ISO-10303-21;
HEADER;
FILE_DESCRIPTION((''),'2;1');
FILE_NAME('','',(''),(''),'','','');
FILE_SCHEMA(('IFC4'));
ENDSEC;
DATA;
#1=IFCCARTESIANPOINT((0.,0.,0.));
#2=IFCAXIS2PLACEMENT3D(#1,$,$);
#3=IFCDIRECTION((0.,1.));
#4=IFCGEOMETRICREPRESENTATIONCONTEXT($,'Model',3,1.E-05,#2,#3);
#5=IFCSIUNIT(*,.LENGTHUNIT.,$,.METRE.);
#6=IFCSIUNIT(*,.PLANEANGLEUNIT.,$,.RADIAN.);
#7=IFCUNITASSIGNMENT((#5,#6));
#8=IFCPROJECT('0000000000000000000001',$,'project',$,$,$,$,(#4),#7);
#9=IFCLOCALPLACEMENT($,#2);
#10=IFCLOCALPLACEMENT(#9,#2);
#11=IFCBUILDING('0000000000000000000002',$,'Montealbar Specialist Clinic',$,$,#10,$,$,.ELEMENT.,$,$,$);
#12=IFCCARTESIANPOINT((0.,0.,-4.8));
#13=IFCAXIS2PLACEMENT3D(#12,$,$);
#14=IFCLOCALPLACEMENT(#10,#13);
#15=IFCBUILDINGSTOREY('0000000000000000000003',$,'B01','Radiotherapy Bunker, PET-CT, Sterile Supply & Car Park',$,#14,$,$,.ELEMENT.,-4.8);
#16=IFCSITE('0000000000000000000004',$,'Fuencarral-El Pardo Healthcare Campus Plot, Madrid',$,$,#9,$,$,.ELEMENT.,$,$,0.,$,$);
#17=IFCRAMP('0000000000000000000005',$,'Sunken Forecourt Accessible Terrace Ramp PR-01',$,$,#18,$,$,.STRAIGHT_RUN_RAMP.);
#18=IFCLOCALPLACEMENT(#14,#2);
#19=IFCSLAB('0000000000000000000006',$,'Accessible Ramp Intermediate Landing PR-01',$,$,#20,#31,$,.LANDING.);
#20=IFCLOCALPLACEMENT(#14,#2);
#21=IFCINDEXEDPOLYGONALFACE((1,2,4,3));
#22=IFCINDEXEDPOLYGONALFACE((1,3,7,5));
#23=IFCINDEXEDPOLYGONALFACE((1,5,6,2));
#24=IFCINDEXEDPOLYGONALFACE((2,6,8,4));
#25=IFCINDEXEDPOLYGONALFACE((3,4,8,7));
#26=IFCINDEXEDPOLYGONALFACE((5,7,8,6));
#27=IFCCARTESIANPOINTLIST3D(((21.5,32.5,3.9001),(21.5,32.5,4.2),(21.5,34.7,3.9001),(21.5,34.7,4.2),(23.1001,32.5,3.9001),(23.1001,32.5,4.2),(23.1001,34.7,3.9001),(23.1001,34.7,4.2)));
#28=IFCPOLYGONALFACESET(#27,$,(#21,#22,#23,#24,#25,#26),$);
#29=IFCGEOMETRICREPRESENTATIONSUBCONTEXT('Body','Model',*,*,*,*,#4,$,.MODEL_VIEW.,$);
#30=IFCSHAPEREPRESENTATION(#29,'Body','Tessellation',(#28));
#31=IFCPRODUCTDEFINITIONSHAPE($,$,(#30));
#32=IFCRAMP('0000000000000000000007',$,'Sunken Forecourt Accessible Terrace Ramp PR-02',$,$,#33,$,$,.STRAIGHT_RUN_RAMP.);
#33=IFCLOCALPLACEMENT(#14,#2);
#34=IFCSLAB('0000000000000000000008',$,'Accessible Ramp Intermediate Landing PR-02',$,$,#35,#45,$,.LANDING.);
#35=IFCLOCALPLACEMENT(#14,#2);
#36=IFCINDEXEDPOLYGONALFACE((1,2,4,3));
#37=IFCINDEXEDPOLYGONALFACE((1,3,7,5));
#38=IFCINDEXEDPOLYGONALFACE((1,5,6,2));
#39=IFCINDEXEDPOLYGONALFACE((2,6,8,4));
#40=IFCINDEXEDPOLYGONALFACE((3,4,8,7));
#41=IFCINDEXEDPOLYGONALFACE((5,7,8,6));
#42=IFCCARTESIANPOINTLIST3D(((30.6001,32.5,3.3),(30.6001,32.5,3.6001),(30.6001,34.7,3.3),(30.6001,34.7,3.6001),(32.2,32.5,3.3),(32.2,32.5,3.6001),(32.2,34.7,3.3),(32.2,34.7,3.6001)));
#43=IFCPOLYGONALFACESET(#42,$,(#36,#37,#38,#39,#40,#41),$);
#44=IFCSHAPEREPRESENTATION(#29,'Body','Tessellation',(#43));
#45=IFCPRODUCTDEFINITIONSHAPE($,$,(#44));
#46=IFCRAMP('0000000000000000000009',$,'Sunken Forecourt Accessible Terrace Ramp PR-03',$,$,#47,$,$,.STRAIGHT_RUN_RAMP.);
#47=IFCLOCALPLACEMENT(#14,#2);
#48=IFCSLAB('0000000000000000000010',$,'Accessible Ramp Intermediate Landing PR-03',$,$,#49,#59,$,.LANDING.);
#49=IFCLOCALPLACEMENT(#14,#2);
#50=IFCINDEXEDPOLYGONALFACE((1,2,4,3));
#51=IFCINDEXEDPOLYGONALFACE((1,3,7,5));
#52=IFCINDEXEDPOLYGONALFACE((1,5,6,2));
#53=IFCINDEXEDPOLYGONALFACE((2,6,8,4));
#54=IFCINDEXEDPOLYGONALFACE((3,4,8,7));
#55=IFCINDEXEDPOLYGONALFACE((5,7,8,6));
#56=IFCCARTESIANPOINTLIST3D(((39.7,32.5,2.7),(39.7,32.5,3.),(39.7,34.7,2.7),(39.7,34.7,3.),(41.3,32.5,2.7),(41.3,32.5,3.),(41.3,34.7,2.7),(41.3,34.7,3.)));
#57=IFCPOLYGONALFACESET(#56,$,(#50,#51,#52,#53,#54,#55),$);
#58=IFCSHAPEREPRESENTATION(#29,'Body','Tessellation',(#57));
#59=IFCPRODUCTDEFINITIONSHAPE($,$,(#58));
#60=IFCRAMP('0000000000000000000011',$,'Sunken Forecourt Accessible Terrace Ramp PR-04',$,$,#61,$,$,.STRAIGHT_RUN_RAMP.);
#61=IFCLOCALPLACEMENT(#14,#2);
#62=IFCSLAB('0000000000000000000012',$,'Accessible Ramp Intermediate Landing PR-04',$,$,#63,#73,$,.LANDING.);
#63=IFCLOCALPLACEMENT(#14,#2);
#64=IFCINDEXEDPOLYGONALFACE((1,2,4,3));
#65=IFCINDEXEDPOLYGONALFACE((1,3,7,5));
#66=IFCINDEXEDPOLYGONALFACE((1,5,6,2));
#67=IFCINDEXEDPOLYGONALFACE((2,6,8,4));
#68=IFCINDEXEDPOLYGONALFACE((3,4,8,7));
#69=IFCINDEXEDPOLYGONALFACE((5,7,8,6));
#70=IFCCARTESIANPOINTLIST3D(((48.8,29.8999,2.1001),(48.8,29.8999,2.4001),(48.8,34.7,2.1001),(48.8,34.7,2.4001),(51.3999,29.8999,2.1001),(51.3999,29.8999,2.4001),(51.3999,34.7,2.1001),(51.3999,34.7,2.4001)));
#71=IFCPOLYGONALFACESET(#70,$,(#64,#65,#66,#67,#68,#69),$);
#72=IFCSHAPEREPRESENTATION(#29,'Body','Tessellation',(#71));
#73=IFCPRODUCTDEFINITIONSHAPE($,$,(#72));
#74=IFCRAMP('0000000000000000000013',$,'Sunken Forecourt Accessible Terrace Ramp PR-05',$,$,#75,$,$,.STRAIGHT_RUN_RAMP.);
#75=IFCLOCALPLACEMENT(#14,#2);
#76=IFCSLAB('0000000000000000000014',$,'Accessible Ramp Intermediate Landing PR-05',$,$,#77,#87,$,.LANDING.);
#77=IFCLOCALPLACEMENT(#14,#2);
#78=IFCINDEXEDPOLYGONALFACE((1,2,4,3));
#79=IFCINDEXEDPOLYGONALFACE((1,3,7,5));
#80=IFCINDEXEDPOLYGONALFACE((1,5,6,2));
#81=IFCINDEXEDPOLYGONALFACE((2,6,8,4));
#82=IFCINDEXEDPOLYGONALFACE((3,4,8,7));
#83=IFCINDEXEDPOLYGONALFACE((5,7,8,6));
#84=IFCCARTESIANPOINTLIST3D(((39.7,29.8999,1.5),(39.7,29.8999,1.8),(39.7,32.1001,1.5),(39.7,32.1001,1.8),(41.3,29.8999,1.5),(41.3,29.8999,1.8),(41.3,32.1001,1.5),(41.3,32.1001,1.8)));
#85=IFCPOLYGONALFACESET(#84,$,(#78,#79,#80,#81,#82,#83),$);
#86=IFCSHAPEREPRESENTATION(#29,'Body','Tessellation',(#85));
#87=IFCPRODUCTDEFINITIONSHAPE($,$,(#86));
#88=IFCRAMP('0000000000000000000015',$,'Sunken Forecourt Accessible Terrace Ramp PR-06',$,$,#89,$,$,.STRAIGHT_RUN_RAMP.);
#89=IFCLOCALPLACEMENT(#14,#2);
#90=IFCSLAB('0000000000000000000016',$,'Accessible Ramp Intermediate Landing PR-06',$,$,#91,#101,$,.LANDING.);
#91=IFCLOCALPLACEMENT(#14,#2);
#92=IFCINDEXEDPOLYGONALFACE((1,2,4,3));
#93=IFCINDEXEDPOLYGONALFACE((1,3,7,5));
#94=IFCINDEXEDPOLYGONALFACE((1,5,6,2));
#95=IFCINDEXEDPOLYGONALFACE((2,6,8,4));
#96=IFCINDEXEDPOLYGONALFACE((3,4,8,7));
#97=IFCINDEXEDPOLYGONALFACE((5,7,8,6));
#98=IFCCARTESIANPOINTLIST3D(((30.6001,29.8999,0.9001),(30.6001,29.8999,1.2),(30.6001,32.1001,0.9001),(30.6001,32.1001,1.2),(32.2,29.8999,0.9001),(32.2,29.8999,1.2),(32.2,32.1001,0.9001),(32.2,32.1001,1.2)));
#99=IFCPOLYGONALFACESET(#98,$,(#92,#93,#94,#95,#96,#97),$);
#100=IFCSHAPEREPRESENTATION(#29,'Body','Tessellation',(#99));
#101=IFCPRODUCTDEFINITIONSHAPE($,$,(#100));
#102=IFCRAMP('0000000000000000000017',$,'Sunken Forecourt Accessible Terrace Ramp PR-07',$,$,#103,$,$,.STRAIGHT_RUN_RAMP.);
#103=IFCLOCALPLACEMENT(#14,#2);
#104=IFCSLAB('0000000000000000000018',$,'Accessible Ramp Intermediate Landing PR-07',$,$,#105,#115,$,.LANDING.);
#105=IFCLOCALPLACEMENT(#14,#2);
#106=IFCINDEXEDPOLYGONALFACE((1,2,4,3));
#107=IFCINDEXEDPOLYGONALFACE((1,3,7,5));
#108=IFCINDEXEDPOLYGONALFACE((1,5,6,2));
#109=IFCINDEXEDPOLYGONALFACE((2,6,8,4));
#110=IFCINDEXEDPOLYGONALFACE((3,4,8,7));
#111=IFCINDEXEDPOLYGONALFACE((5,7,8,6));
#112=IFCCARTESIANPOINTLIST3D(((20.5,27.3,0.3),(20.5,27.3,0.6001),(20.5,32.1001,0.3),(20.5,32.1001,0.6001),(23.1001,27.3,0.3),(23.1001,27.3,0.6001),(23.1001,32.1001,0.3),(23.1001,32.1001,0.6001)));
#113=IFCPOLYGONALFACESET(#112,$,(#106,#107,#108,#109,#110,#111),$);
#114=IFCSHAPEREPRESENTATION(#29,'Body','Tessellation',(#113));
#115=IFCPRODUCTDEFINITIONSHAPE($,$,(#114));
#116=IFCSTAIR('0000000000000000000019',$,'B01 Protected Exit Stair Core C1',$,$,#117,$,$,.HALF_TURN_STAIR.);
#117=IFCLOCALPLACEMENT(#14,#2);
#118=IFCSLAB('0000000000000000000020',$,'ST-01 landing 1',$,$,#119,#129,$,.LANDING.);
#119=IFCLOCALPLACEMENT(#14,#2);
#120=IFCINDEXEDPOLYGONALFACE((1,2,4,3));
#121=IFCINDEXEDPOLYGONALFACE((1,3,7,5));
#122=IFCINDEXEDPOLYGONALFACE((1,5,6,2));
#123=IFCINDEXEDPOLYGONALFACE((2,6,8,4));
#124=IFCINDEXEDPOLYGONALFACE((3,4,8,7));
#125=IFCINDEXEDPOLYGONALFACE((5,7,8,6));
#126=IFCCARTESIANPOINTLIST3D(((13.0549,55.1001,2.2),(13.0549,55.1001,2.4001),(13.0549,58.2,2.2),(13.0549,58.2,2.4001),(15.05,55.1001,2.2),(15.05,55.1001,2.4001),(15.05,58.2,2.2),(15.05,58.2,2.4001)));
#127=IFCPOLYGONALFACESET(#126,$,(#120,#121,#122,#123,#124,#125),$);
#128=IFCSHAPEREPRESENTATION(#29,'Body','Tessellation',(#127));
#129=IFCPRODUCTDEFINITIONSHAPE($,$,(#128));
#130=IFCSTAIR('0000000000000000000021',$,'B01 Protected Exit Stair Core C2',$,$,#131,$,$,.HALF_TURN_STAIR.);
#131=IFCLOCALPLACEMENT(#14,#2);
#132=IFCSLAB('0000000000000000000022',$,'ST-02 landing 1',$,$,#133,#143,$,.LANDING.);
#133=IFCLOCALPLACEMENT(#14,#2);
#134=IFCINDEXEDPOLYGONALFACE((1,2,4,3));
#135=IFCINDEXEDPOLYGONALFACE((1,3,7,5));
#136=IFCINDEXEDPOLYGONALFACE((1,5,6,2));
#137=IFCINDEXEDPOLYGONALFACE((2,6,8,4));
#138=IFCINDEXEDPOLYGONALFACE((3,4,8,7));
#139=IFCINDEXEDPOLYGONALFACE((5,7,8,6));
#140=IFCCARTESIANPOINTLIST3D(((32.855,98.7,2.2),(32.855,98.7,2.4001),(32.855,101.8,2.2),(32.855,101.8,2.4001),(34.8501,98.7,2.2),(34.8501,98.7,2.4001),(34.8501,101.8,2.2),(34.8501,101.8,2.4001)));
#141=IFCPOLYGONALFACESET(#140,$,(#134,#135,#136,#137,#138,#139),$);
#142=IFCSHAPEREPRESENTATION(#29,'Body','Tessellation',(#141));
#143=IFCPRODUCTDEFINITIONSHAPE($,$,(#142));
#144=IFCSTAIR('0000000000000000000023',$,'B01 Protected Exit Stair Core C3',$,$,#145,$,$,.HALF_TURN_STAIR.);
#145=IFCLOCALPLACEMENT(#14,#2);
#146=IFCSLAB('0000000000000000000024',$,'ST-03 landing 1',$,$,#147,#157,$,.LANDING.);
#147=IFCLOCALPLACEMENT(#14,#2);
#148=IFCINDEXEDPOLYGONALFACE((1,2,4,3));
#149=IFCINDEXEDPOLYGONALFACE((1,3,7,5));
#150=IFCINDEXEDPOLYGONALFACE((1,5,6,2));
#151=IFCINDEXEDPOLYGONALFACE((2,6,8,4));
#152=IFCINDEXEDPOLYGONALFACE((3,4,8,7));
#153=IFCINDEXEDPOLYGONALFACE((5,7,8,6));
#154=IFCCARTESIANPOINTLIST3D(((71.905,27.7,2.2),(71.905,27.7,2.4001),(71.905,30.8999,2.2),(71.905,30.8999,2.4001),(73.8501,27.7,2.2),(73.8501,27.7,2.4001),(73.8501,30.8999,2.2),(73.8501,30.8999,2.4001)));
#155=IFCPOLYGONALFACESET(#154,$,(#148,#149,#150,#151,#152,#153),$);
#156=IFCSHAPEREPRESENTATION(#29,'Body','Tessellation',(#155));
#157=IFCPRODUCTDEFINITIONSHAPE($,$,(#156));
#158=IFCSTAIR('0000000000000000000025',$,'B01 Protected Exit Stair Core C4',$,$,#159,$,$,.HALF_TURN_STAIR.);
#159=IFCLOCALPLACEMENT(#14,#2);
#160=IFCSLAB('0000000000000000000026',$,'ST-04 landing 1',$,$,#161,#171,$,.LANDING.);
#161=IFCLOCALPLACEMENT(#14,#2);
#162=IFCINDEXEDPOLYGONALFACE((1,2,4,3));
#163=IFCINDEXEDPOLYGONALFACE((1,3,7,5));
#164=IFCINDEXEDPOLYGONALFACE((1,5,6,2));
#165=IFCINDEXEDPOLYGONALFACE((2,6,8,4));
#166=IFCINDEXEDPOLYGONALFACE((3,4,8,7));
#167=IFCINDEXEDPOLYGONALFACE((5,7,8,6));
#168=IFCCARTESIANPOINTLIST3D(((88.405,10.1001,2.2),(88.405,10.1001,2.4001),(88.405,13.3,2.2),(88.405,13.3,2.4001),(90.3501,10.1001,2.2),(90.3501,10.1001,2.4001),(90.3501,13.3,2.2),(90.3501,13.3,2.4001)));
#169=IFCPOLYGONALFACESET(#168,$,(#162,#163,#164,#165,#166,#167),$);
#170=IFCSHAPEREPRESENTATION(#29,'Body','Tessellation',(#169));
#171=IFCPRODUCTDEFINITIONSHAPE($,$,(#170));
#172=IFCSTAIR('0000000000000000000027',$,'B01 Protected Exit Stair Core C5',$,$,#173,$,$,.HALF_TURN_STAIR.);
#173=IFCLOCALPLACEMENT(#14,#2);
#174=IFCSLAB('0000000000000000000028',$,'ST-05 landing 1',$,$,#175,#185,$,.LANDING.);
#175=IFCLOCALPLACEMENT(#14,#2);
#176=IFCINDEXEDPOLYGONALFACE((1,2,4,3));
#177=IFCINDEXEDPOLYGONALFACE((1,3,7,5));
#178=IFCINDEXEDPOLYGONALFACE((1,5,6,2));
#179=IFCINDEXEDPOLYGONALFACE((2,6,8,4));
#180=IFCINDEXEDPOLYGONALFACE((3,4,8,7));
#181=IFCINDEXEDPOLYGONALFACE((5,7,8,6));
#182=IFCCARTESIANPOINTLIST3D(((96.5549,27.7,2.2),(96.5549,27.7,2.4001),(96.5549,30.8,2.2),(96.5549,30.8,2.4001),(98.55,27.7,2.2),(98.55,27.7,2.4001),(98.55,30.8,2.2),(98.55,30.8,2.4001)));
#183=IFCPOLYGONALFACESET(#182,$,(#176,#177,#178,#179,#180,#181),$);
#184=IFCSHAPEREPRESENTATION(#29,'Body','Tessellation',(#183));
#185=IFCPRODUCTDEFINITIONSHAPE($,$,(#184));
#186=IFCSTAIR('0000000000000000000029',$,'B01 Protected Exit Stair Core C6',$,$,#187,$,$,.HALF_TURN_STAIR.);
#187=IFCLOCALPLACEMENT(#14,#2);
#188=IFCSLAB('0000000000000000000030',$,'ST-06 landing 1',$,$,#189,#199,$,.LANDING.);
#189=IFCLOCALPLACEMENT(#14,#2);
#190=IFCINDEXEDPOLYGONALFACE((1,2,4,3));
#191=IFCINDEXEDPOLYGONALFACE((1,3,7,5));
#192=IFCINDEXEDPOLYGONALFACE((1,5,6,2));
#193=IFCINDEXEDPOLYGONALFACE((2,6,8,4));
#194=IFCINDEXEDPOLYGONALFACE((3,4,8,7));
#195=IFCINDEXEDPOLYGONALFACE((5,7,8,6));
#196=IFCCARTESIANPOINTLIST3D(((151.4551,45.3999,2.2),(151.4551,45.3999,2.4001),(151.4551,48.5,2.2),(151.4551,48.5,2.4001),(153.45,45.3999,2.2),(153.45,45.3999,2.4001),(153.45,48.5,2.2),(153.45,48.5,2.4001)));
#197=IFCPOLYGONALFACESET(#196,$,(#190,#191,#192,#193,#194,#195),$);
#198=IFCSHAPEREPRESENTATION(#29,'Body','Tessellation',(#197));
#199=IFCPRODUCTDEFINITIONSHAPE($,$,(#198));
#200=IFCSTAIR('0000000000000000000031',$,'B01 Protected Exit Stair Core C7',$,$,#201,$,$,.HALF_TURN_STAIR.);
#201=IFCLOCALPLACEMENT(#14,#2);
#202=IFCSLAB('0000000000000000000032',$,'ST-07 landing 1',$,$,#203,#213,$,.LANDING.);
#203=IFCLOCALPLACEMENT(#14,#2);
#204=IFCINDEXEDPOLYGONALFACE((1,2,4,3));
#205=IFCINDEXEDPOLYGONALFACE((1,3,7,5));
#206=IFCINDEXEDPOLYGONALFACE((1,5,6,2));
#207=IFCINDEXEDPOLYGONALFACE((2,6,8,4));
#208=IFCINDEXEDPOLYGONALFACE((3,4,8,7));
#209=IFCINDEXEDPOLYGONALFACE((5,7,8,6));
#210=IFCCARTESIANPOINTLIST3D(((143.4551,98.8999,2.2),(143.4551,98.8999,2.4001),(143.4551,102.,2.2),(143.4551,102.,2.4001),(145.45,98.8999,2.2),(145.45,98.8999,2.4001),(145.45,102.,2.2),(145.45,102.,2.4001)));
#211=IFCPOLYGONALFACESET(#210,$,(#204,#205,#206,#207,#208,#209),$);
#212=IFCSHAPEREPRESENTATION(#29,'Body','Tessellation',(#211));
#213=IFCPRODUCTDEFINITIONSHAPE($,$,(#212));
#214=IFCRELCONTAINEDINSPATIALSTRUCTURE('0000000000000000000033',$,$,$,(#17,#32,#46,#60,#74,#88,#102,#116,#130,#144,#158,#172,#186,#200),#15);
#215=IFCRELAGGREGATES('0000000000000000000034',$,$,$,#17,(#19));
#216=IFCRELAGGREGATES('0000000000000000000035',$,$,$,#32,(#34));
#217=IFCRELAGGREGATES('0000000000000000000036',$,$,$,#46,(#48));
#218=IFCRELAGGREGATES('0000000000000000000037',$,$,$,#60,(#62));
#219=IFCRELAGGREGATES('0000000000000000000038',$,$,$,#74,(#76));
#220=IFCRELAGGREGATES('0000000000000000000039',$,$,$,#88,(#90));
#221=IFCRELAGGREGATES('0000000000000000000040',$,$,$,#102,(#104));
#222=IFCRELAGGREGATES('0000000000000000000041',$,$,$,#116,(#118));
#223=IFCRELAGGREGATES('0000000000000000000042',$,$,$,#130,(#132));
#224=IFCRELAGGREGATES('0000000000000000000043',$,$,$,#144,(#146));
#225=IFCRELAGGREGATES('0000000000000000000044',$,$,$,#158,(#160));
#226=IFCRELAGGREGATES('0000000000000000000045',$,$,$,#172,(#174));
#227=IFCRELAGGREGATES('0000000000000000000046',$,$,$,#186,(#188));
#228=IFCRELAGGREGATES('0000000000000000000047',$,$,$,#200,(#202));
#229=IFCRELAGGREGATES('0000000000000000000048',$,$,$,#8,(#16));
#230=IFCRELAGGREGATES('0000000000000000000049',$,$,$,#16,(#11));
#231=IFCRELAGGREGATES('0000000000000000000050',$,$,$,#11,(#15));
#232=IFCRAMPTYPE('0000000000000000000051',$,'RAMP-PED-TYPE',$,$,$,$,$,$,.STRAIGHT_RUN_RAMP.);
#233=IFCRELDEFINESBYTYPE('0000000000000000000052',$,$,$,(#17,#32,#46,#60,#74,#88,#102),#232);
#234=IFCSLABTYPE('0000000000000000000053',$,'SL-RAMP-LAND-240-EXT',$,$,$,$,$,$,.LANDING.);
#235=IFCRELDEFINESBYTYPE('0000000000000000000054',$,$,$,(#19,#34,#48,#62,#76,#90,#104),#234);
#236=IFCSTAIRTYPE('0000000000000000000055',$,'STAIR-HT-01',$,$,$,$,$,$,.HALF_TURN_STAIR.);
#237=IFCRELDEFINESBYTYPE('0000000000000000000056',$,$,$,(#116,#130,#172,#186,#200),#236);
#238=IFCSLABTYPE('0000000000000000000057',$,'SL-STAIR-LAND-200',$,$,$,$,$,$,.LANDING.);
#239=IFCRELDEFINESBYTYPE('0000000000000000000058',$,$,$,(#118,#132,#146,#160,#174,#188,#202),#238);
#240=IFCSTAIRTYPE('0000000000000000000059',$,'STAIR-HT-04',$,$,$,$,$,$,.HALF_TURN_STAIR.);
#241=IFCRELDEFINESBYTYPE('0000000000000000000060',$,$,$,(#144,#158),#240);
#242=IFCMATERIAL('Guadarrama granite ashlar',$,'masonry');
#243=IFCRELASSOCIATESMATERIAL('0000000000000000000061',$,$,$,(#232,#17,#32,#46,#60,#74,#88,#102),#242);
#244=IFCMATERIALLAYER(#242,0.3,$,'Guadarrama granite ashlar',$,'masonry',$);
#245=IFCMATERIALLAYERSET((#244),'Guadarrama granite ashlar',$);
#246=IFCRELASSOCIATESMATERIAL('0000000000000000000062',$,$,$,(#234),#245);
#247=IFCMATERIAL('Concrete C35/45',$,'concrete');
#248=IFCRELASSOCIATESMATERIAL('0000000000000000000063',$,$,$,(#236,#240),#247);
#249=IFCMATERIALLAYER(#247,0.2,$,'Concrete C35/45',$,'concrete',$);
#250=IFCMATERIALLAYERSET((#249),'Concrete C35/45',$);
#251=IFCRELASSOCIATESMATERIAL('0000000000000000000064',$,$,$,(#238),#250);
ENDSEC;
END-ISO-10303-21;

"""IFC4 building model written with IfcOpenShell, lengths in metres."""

from ifc_helpers import new_model, si_unit, direction, frame, origin, place, context, subcontext, project, spatial, polyline, outline, extrude, material, layer, layer_set, type_object, element, aggregate, save


model = new_model("IFC4")

# Units and contexts
model_context = context("Model", 3, precision=1e-05, world=origin(), true_north=direction((0.0, 1.0)))
body_context = subcontext(model_context, "Body", "Model", "MODEL_VIEW")
ifc_project = project(units=[si_unit("LENGTHUNIT", "METRE"), si_unit("PLANEANGLEUNIT", "RADIAN")], contexts=[model_context])

# Site, building, storey
site_placement = place(None, origin())
site = spatial("IfcSite", under=ifc_project, at=site_placement, Name="Fuencarral-El Pardo Healthcare Campus Plot, Madrid", CompositionType="ELEMENT", RefElevation=0.0)
building_placement = place(site_placement, origin())
building = spatial("IfcBuilding", under=site, at=building_placement, Name="Montealbar Specialist Clinic", CompositionType="ELEMENT")
storey_placement = place(building_placement, frame((0.0, 0.0, -4.8)))
storey = spatial("IfcBuildingStorey", under=building, at=storey_placement, Name="B01", Description="Radiotherapy Bunker, PET-CT, Sterile Supply & Car Park", CompositionType="ELEMENT", Elevation=-4.8)

# Shared definitions
ifc_material_1 = material(Name="Concrete C35/45", Category="concrete")

# Shared definitions
ifc_material_2 = material(Name="Guadarrama granite ashlar", Category="masonry")

# Ramps, slabs
ramp_type = type_object("IfcRampType", Name="RAMP-PED-TYPE", PredefinedType="STRAIGHT_RUN_RAMP", material=ifc_material_2)
ramp_1_placement = place(storey_placement, origin())
ramp_1 = element("IfcRamp", 1, at=ramp_1_placement, inside=storey, type_object=ramp_type, material=ifc_material_2, Name="Sunken Forecourt Accessible Terrace Ramp PR-01", PredefinedType="STRAIGHT_RUN_RAMP")
ifc_layer_1 = layer(ifc_material_2, 0.3, Name="Guadarrama granite ashlar", Category="masonry")
ifc_layer_set_1 = layer_set([ifc_layer_1], Name="Guadarrama granite ashlar")
slab_type_1 = type_object("IfcSlabType", Name="SL-RAMP-LAND-240-EXT", PredefinedType="LANDING", material=ifc_layer_set_1)
slab_1_placement = place(storey_placement, frame((0.0, 0.0, 3.9001)))
slab_1 = element("IfcSlab", 2, at=slab_1_placement, type_object=slab_type_1, Name="Accessible Ramp Intermediate Landing PR-01", PredefinedType="LANDING", context=body_context, shape_type="SweptSolid", body=[
    extrude(outline(polyline([(21.5, 32.5), (23.1001, 32.5), (23.1001, 34.7), (21.5, 34.7), (21.5, 32.5)])), origin(), (0.0, 0.0, 1.0), 0.2998),
])
aggregate(ramp_1, [slab_1])
ramp_2_placement = place(storey_placement, origin())
ramp_2 = element("IfcRamp", 3, at=ramp_2_placement, inside=storey, type_object=ramp_type, material=ifc_material_2, Name="Sunken Forecourt Accessible Terrace Ramp PR-02", PredefinedType="STRAIGHT_RUN_RAMP")
slab_2_placement = place(storey_placement, frame((0.0, 0.0, 3.3)))
slab_2 = element("IfcSlab", 4, at=slab_2_placement, type_object=slab_type_1, Name="Accessible Ramp Intermediate Landing PR-02", PredefinedType="LANDING", context=body_context, shape_type="SweptSolid", body=[
    extrude(outline(polyline([(30.6001, 32.5), (32.2, 32.5), (32.2, 34.7), (30.6001, 34.7), (30.6001, 32.5)])), origin(), (0.0, 0.0, 1.0), 0.3),
])
aggregate(ramp_2, [slab_2])
ramp_3_placement = place(storey_placement, origin())
ramp_3 = element("IfcRamp", 5, at=ramp_3_placement, inside=storey, type_object=ramp_type, material=ifc_material_2, Name="Sunken Forecourt Accessible Terrace Ramp PR-03", PredefinedType="STRAIGHT_RUN_RAMP")
slab_3_placement = place(storey_placement, frame((0.0, 0.0, 2.7)))
slab_3 = element("IfcSlab", 6, at=slab_3_placement, type_object=slab_type_1, Name="Accessible Ramp Intermediate Landing PR-03", PredefinedType="LANDING", context=body_context, shape_type="SweptSolid", body=[
    extrude(outline(polyline([(39.7, 32.5), (41.3, 32.5), (41.3, 34.7), (39.7, 34.7), (39.7, 32.5)])), origin(), (0.0, 0.0, 1.0), 0.3),
])
aggregate(ramp_3, [slab_3])
ramp_4_placement = place(storey_placement, origin())
ramp_4 = element("IfcRamp", 7, at=ramp_4_placement, inside=storey, type_object=ramp_type, material=ifc_material_2, Name="Sunken Forecourt Accessible Terrace Ramp PR-04", PredefinedType="STRAIGHT_RUN_RAMP")
slab_4_placement = place(storey_placement, frame((0.0, 0.0, 2.1001)))
slab_4 = element("IfcSlab", 8, at=slab_4_placement, type_object=slab_type_1, Name="Accessible Ramp Intermediate Landing PR-04", PredefinedType="LANDING", context=body_context, shape_type="SweptSolid", body=[
    extrude(outline(polyline([(48.8, 29.8999), (51.3999, 29.8999), (51.3999, 34.7), (48.8, 34.7), (48.8, 29.8999)])), origin(), (0.0, 0.0, 1.0), 0.3),
])
aggregate(ramp_4, [slab_4])
ramp_5_placement = place(storey_placement, origin())
ramp_5 = element("IfcRamp", 9, at=ramp_5_placement, inside=storey, type_object=ramp_type, material=ifc_material_2, Name="Sunken Forecourt Accessible Terrace Ramp PR-05", PredefinedType="STRAIGHT_RUN_RAMP")
slab_5_placement = place(storey_placement, frame((0.0, 0.0, 1.5)))
slab_5 = element("IfcSlab", 10, at=slab_5_placement, type_object=slab_type_1, Name="Accessible Ramp Intermediate Landing PR-05", PredefinedType="LANDING", context=body_context, shape_type="SweptSolid", body=[
    extrude(outline(polyline([(39.7, 29.8999), (41.3, 29.8999), (41.3, 32.1001), (39.7, 32.1001), (39.7, 29.8999)])), origin(), (0.0, 0.0, 1.0), 0.3),
])
aggregate(ramp_5, [slab_5])
ramp_6_placement = place(storey_placement, origin())
ramp_6 = element("IfcRamp", 11, at=ramp_6_placement, inside=storey, type_object=ramp_type, material=ifc_material_2, Name="Sunken Forecourt Accessible Terrace Ramp PR-06", PredefinedType="STRAIGHT_RUN_RAMP")
slab_6_placement = place(storey_placement, frame((0.0, 0.0, 0.9001)))
slab_6 = element("IfcSlab", 12, at=slab_6_placement, type_object=slab_type_1, Name="Accessible Ramp Intermediate Landing PR-06", PredefinedType="LANDING", context=body_context, shape_type="SweptSolid", body=[
    extrude(outline(polyline([(30.6001, 29.8999), (32.2, 29.8999), (32.2, 32.1001), (30.6001, 32.1001), (30.6001, 29.8999)])), origin(), (0.0, 0.0, 1.0), 0.2998),
])
aggregate(ramp_6, [slab_6])
ramp_7_placement = place(storey_placement, origin())
ramp_7 = element("IfcRamp", 13, at=ramp_7_placement, inside=storey, type_object=ramp_type, material=ifc_material_2, Name="Sunken Forecourt Accessible Terrace Ramp PR-07", PredefinedType="STRAIGHT_RUN_RAMP")
slab_7_placement = place(storey_placement, frame((0.0, 0.0, 0.3)))
slab_7 = element("IfcSlab", 14, at=slab_7_placement, type_object=slab_type_1, Name="Accessible Ramp Intermediate Landing PR-07", PredefinedType="LANDING", context=body_context, shape_type="SweptSolid", body=[
    extrude(outline(polyline([(20.5, 27.3), (23.1001, 27.3), (23.1001, 32.1001), (20.5, 32.1001), (20.5, 27.3)])), origin(), (0.0, 0.0, 1.0), 0.3),
])
aggregate(ramp_7, [slab_7])

# Stairs, slabs
stair_type_1 = type_object("IfcStairType", Name="STAIR-HT-01", PredefinedType="HALF_TURN_STAIR", material=ifc_material_1)
stair_1_placement = place(storey_placement, origin())
stair_1 = element("IfcStair", 15, at=stair_1_placement, inside=storey, type_object=stair_type_1, Name="B01 Protected Exit Stair Core C1", PredefinedType="HALF_TURN_STAIR")
ifc_layer_2 = layer(ifc_material_1, 0.2, Name="Concrete C35/45", Category="concrete")
ifc_layer_set_2 = layer_set([ifc_layer_2], Name="Concrete C35/45")
slab_type_2 = type_object("IfcSlabType", Name="SL-STAIR-LAND-200", PredefinedType="LANDING", material=ifc_layer_set_2)
slab_8_placement = place(storey_placement, frame((0.0, 0.0, 2.2)))
slab_8 = element("IfcSlab", 16, at=slab_8_placement, type_object=slab_type_2, Name="ST-01 landing 1", PredefinedType="LANDING", context=body_context, shape_type="SweptSolid", body=[
    extrude(outline(polyline([(13.0549, 55.1001), (15.05, 55.1001), (15.05, 58.2), (13.0549, 58.2), (13.0549, 55.1001)])), origin(), (0.0, 0.0, 1.0), 0.2002),
])
aggregate(stair_1, [slab_8])
stair_2_placement = place(storey_placement, origin())
stair_2 = element("IfcStair", 17, at=stair_2_placement, inside=storey, type_object=stair_type_1, Name="B01 Protected Exit Stair Core C2", PredefinedType="HALF_TURN_STAIR")
slab_9_placement = place(storey_placement, frame((0.0, 0.0, 2.2)))
slab_9 = element("IfcSlab", 18, at=slab_9_placement, type_object=slab_type_2, Name="ST-02 landing 1", PredefinedType="LANDING", context=body_context, shape_type="SweptSolid", body=[
    extrude(outline(polyline([(32.855, 98.7), (34.8501, 98.7), (34.8501, 101.8), (32.855, 101.8), (32.855, 98.7)])), origin(), (0.0, 0.0, 1.0), 0.2002),
])
aggregate(stair_2, [slab_9])
stair_type_2 = type_object("IfcStairType", Name="STAIR-HT-04", PredefinedType="HALF_TURN_STAIR", material=ifc_material_1)
stair_3_placement = place(storey_placement, origin())
stair_3 = element("IfcStair", 19, at=stair_3_placement, inside=storey, type_object=stair_type_2, Name="B01 Protected Exit Stair Core C3", PredefinedType="HALF_TURN_STAIR")
slab_10_placement = place(storey_placement, frame((0.0, 0.0, 2.2)))
slab_10 = element("IfcSlab", 20, at=slab_10_placement, type_object=slab_type_2, Name="ST-03 landing 1", PredefinedType="LANDING", context=body_context, shape_type="SweptSolid", body=[
    extrude(outline(polyline([(71.905, 27.7), (73.8501, 27.7), (73.8501, 30.8999), (71.905, 30.8999), (71.905, 27.7)])), origin(), (0.0, 0.0, 1.0), 0.2002),
])
aggregate(stair_3, [slab_10])
stair_4_placement = place(storey_placement, origin())
stair_4 = element("IfcStair", 21, at=stair_4_placement, inside=storey, type_object=stair_type_2, Name="B01 Protected Exit Stair Core C4", PredefinedType="HALF_TURN_STAIR")
slab_11_placement = place(storey_placement, frame((0.0, 0.0, 2.2)))
slab_11 = element("IfcSlab", 22, at=slab_11_placement, type_object=slab_type_2, Name="ST-04 landing 1", PredefinedType="LANDING", context=body_context, shape_type="SweptSolid", body=[
    extrude(outline(polyline([(88.405, 10.1001), (90.3501, 10.1001), (90.3501, 13.3), (88.405, 13.3), (88.405, 10.1001)])), origin(), (0.0, 0.0, 1.0), 0.2002),
])
aggregate(stair_4, [slab_11])
stair_5_placement = place(storey_placement, origin())
stair_5 = element("IfcStair", 23, at=stair_5_placement, inside=storey, type_object=stair_type_1, Name="B01 Protected Exit Stair Core C5", PredefinedType="HALF_TURN_STAIR")
slab_12_placement = place(storey_placement, frame((0.0, 0.0, 2.2)))
slab_12 = element("IfcSlab", 24, at=slab_12_placement, type_object=slab_type_2, Name="ST-05 landing 1", PredefinedType="LANDING", context=body_context, shape_type="SweptSolid", body=[
    extrude(outline(polyline([(96.5549, 27.7), (98.55, 27.7), (98.55, 30.8), (96.5549, 30.8), (96.5549, 27.7)])), origin(), (0.0, 0.0, 1.0), 0.2002),
])
aggregate(stair_5, [slab_12])
stair_6_placement = place(storey_placement, origin())
stair_6 = element("IfcStair", 25, at=stair_6_placement, inside=storey, type_object=stair_type_1, Name="B01 Protected Exit Stair Core C6", PredefinedType="HALF_TURN_STAIR")
slab_13_placement = place(storey_placement, frame((0.0, 0.0, 2.2)))
slab_13 = element("IfcSlab", 26, at=slab_13_placement, type_object=slab_type_2, Name="ST-06 landing 1", PredefinedType="LANDING", context=body_context, shape_type="SweptSolid", body=[
    extrude(outline(polyline([(151.4551, 45.3999), (153.45, 45.3999), (153.45, 48.5), (151.4551, 48.5), (151.4551, 45.3999)])), origin(), (0.0, 0.0, 1.0), 0.2002),
])
aggregate(stair_6, [slab_13])
stair_7_placement = place(storey_placement, origin())
stair_7 = element("IfcStair", 27, at=stair_7_placement, inside=storey, type_object=stair_type_1, Name="B01 Protected Exit Stair Core C7", PredefinedType="HALF_TURN_STAIR")
slab_14_placement = place(storey_placement, frame((0.0, 0.0, 2.2)))
slab_14 = element("IfcSlab", 28, at=slab_14_placement, type_object=slab_type_2, Name="ST-07 landing 1", PredefinedType="LANDING", context=body_context, shape_type="SweptSolid", body=[
    extrude(outline(polyline([(143.4551, 98.8999), (145.45, 98.8999), (145.45, 102.0), (143.4551, 102.0), (143.4551, 98.8999)])), origin(), (0.0, 0.0, 1.0), 0.2002),
])
aggregate(stair_7, [slab_14])

save(model, "model.ifc")
